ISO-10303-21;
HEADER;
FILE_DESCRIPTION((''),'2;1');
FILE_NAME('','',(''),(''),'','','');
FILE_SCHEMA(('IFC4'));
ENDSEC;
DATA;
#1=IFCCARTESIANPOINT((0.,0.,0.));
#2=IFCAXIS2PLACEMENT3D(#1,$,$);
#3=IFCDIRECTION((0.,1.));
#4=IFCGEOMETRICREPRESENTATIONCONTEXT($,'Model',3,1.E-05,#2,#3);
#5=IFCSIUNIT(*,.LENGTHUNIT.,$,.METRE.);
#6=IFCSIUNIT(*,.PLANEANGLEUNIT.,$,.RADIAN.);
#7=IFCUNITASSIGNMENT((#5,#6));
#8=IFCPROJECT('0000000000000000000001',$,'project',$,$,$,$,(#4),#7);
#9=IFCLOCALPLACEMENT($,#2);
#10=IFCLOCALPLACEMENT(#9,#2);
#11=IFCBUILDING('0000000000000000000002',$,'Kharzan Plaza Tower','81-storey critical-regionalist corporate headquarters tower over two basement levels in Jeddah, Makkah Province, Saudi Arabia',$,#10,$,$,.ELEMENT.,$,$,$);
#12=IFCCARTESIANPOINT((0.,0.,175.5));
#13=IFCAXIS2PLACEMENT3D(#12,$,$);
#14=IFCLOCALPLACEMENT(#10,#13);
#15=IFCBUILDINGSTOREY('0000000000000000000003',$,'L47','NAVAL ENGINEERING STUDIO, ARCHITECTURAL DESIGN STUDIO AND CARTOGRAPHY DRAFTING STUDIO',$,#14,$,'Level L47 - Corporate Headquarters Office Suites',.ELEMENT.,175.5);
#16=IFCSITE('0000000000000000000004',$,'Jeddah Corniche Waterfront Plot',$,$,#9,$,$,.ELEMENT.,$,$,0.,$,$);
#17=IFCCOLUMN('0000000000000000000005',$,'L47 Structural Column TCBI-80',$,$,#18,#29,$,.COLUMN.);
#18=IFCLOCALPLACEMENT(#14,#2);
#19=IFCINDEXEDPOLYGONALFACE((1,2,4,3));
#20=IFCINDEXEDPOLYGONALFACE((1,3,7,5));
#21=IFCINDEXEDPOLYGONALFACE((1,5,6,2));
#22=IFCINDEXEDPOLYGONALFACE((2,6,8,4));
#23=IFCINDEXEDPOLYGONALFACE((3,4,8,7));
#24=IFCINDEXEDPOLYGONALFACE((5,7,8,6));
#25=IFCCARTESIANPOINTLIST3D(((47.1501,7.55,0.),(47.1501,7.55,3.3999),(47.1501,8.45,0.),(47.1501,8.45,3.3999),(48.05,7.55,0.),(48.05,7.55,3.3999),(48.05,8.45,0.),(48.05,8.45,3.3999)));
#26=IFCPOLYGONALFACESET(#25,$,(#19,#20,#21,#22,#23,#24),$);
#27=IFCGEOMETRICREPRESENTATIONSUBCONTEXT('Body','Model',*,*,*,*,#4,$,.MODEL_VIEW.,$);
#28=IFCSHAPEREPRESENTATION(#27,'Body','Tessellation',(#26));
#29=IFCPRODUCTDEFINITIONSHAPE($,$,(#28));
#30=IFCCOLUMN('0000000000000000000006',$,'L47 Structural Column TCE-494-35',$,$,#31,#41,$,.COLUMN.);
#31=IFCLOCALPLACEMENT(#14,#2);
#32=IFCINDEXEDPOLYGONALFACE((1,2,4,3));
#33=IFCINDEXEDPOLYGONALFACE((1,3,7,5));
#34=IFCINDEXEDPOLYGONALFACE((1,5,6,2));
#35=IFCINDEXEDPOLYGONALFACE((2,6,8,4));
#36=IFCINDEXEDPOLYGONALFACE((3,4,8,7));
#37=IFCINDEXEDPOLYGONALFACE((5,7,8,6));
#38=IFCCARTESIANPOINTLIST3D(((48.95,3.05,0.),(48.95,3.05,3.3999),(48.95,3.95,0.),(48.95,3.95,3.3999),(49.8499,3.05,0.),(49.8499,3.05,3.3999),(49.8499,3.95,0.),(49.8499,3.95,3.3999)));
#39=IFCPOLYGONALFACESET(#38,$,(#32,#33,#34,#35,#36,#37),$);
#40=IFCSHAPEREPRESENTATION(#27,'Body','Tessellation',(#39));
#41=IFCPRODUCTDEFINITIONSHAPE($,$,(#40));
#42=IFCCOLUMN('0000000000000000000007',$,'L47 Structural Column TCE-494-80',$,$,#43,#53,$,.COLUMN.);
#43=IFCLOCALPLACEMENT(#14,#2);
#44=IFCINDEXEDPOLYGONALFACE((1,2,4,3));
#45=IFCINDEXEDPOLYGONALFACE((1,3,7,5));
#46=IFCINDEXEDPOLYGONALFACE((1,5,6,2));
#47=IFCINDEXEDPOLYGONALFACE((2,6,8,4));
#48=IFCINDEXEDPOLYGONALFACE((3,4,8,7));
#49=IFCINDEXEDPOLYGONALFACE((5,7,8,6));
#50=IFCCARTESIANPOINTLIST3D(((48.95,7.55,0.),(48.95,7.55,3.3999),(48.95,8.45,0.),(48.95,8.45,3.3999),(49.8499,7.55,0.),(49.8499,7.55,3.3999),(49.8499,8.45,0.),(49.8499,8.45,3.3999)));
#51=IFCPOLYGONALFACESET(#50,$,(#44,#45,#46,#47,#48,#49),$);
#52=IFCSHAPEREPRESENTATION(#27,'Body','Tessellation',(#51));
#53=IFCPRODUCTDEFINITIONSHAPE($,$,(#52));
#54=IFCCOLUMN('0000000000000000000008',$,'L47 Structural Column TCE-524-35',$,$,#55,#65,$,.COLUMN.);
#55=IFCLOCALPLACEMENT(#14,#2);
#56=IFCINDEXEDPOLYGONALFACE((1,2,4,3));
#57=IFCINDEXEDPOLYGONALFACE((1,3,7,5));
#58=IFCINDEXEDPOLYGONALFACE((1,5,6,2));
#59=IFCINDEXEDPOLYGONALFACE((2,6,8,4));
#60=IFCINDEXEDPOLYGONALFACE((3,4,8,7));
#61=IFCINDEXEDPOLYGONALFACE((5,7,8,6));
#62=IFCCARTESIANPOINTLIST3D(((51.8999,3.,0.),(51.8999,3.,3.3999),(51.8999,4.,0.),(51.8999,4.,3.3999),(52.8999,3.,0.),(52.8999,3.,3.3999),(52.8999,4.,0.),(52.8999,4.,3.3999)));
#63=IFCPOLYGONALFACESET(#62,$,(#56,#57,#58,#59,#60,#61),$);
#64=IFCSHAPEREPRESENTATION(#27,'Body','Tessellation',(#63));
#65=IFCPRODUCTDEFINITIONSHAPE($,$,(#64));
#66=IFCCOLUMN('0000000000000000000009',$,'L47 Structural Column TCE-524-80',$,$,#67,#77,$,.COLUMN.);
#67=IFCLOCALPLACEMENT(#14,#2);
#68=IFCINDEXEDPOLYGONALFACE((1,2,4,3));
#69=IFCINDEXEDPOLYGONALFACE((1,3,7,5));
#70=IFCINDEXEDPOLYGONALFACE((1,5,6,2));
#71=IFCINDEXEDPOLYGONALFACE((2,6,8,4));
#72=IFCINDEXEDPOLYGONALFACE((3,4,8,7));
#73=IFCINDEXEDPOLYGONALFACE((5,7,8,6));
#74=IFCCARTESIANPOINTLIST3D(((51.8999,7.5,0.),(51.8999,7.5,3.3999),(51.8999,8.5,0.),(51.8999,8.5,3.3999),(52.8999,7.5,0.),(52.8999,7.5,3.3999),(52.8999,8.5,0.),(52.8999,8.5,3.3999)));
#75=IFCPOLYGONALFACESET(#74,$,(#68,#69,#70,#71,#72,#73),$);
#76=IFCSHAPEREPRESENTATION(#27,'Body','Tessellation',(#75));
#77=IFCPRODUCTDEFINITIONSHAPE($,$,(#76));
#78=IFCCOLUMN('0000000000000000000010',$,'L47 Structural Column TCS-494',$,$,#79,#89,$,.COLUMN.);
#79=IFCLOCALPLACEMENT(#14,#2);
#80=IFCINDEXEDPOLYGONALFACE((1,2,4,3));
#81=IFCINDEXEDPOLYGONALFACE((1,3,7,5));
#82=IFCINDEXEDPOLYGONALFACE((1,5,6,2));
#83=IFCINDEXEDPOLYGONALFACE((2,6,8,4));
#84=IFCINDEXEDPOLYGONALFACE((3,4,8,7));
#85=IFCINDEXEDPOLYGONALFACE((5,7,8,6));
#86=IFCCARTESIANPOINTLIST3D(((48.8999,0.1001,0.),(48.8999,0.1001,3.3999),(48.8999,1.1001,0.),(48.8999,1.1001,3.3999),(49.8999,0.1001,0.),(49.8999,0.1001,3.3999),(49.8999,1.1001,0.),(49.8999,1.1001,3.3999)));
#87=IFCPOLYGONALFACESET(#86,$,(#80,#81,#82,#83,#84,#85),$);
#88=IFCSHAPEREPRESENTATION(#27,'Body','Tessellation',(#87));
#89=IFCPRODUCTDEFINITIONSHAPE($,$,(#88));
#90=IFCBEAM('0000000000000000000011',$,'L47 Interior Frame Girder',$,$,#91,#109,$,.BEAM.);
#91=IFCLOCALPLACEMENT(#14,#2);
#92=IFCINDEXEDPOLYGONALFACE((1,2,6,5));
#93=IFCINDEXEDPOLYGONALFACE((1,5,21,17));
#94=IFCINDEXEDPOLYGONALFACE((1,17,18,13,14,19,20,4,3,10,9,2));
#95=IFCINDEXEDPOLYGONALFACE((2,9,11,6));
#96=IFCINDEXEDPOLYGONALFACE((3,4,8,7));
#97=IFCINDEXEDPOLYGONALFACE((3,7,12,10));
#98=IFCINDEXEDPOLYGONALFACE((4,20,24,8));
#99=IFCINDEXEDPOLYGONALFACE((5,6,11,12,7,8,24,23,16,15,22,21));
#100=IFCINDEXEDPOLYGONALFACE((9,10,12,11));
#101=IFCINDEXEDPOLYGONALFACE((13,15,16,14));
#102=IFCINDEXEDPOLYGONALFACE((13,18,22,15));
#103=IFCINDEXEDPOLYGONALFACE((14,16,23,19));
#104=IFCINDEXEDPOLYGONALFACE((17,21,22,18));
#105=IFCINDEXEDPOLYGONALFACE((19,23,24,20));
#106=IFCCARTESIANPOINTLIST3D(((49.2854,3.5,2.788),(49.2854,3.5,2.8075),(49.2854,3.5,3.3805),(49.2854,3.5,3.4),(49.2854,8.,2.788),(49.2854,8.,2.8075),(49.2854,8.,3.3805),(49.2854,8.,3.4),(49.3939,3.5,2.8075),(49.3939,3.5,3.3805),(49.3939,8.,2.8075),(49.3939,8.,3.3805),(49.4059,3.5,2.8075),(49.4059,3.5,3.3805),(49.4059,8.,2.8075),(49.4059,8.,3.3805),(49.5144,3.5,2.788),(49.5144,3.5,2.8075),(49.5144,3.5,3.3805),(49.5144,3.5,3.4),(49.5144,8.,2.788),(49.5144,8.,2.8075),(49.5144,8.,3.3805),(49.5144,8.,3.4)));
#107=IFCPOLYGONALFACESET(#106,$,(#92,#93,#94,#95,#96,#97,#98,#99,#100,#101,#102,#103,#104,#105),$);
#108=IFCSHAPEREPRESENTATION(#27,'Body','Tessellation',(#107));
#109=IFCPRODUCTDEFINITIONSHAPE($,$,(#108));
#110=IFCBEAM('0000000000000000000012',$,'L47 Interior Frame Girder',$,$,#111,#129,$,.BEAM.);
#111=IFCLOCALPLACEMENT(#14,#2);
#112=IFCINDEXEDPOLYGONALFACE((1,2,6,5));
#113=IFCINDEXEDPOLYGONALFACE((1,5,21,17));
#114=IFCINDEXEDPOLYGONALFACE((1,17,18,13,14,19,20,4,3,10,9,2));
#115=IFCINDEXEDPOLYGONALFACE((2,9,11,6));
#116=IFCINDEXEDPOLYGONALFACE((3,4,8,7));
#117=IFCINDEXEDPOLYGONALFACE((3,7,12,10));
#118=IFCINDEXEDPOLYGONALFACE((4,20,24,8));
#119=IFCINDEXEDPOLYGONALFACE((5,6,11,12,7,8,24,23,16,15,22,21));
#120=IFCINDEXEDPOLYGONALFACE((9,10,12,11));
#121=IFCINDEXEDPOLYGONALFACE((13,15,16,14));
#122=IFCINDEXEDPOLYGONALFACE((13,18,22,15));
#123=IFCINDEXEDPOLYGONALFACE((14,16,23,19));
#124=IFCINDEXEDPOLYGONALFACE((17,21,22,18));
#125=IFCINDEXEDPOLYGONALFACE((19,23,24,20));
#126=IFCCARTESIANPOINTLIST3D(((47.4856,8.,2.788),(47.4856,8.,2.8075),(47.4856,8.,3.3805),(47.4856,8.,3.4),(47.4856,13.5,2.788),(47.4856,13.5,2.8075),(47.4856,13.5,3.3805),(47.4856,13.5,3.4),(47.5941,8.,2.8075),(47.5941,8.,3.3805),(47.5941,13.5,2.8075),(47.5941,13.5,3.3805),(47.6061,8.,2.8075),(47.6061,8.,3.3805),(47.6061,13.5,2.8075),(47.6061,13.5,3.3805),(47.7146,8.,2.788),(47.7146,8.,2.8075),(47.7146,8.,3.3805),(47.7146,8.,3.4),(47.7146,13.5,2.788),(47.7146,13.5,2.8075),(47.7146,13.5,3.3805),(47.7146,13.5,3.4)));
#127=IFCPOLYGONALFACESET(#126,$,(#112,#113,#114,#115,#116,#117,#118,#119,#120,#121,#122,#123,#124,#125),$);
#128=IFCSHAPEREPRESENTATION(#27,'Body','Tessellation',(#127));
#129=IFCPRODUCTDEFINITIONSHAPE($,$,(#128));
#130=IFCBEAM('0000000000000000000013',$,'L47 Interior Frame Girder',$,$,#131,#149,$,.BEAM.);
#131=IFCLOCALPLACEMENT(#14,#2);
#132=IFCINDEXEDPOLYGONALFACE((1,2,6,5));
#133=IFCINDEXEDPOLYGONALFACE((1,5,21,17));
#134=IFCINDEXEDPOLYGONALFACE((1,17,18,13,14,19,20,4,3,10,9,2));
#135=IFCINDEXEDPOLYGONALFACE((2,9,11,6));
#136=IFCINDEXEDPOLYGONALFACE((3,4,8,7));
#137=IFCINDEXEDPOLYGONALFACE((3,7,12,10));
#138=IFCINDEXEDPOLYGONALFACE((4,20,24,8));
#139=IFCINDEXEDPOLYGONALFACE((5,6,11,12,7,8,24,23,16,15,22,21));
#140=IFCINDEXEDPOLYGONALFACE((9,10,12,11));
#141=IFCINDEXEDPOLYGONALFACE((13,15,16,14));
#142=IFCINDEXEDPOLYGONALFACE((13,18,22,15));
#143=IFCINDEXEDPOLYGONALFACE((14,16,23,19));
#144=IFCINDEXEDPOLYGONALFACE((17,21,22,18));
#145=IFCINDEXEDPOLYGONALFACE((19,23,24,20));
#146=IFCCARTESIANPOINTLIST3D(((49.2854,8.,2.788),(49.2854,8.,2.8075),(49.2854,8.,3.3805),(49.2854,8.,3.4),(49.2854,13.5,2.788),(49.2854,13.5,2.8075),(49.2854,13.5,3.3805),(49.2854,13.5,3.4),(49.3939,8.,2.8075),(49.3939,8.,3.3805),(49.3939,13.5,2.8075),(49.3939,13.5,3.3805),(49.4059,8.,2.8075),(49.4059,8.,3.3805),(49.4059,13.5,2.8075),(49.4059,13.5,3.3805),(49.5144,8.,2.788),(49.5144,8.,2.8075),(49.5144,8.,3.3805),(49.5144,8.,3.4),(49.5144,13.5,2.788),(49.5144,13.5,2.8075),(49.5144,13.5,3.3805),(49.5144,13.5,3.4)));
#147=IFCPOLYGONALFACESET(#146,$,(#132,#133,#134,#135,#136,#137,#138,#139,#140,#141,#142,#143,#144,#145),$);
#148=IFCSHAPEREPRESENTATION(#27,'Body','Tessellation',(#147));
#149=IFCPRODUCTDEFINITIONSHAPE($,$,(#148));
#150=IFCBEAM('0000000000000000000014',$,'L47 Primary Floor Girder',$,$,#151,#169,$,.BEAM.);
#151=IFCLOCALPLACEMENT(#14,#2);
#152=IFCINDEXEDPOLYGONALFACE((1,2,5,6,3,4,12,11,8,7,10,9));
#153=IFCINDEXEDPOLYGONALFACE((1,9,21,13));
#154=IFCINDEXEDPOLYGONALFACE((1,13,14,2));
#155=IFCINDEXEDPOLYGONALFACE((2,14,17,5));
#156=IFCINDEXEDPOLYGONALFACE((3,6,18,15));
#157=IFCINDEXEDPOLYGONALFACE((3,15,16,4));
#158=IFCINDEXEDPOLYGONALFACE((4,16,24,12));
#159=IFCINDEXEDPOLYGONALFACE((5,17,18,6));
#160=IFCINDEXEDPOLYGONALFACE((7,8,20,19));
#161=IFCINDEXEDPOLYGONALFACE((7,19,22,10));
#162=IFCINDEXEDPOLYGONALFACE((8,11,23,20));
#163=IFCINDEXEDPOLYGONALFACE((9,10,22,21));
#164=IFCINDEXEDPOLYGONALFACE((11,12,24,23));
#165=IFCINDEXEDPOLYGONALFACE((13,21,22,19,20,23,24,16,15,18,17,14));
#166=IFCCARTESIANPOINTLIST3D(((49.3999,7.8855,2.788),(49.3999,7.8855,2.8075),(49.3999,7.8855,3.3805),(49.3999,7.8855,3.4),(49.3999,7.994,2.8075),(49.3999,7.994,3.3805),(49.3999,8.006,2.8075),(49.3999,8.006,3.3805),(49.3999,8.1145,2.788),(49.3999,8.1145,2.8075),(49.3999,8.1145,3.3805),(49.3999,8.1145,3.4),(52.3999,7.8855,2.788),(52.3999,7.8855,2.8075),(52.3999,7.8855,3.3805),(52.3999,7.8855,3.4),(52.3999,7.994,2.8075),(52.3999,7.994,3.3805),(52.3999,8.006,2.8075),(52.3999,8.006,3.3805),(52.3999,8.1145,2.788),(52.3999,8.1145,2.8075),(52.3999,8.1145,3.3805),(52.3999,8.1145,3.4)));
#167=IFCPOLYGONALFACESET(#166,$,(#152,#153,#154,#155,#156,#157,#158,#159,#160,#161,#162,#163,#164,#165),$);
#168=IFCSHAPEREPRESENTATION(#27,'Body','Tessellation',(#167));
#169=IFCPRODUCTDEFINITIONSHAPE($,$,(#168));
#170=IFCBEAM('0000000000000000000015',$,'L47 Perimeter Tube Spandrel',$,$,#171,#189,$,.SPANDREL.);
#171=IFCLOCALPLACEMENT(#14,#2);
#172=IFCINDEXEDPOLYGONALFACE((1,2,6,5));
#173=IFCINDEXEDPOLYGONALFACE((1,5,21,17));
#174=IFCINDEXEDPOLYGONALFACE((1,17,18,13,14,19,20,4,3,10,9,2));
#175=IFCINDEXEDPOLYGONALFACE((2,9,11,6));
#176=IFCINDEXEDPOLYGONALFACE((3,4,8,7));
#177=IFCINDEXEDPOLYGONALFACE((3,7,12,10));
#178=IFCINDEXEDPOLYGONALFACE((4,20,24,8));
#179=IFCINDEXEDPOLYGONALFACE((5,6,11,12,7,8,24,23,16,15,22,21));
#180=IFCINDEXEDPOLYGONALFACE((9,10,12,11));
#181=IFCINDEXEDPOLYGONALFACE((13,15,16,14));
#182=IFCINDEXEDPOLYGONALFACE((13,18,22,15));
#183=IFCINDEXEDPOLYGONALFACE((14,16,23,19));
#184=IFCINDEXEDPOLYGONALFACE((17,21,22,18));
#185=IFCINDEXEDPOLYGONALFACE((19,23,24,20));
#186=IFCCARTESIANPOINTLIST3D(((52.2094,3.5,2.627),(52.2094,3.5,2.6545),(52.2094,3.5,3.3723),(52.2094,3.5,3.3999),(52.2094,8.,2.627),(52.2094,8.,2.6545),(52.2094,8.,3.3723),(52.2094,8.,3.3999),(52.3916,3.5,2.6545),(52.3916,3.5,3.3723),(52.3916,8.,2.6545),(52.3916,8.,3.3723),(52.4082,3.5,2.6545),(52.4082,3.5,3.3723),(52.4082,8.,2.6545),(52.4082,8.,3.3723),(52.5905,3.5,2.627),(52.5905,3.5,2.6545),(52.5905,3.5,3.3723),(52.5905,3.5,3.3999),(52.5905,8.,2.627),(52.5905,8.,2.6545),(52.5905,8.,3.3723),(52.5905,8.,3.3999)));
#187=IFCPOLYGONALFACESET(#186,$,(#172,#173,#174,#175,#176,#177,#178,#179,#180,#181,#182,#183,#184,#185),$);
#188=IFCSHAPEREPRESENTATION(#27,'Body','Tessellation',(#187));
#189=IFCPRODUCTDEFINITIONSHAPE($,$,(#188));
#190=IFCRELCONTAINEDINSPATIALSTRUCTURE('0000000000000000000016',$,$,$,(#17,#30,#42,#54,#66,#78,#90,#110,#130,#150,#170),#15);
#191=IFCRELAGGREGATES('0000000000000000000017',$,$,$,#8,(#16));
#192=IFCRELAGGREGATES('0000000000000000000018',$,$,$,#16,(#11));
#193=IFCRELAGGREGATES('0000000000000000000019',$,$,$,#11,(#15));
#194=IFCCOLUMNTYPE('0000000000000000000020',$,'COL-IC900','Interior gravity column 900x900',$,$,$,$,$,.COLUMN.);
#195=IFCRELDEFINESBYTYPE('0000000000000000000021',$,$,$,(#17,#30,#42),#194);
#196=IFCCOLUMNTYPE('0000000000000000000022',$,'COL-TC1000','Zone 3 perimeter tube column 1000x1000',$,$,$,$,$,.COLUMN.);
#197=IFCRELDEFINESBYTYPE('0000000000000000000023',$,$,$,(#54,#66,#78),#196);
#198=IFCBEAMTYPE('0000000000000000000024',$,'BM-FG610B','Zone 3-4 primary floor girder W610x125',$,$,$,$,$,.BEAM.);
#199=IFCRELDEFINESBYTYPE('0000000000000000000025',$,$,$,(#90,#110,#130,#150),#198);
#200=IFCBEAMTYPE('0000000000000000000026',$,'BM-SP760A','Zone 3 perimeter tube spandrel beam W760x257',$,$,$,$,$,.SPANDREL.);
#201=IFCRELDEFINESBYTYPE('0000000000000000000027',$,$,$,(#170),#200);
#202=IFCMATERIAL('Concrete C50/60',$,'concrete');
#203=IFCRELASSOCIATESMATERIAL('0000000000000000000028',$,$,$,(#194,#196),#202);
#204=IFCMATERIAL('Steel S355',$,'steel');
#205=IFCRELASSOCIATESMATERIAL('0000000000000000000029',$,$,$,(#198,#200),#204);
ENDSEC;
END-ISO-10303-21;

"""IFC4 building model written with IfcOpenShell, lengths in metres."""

from ifc_helpers import new_model, si_unit, direction, frame, origin, origin_2d, place, context, subcontext, project, spatial, rectangle, i_section, extrude, source, transform, mapped, material, material_profile, profile_set, type_object, element, save


model = new_model("IFC4")

# Units and contexts
model_context = context("Model", 3, precision=1e-05, world=origin(), true_north=direction((0.0, 1.0)))
body_context = subcontext(model_context, "Body", "Model", "MODEL_VIEW")
ifc_project = project(units=[si_unit("LENGTHUNIT", "METRE"), si_unit("PLANEANGLEUNIT", "RADIAN")], contexts=[model_context])

# Site, building, storey
site_placement = place(None, origin())
site = spatial("IfcSite", under=ifc_project, at=site_placement, Name="Jeddah Corniche Waterfront Plot", CompositionType="ELEMENT", RefElevation=0.0)
building_placement = place(site_placement, origin())
building = spatial("IfcBuilding", under=site, at=building_placement, Name="Kharzan Plaza Tower", Description="81-storey critical-regionalist corporate headquarters tower over two basement levels in Jeddah, Makkah Province, Saudi Arabia", CompositionType="ELEMENT")
storey_placement = place(building_placement, frame((0.0, 0.0, 175.5)))
storey = spatial("IfcBuildingStorey", under=building, at=storey_placement, Name="L47", Description="NAVAL ENGINEERING STUDIO, ARCHITECTURAL DESIGN STUDIO AND CARTOGRAPHY DRAFTING STUDIO", LongName="Level L47 - Corporate Headquarters Office Suites", CompositionType="ELEMENT", Elevation=175.5)

# Columns
ifc_material_1 = material(Name="Concrete C50/60", Category="concrete")
ifc_material_profile_1 = material_profile(ifc_material_1, rectangle(XDim=0.8999, YDim=0.8999, at=origin_2d()), Name="RC-IC900x900")
ifc_profile_set_1 = profile_set([ifc_material_profile_1], Name="Concrete C50/60")
column_type_1 = type_object("IfcColumnType", Name="COL-IC900", Description="Interior gravity column 900x900", PredefinedType="COLUMN", material=ifc_profile_set_1)
shared_shape_1 = source(origin(), body_context, "Body", "SweptSolid", [
    extrude(rectangle(XDim=0.8999, YDim=0.8999, at=origin_2d()), origin(), (0.0, 0.0, 1.0), 3.3999),
])
for number, where, z_axis, x_axis, name in (
    (1, (47.6001, 8.0, 0.0), (0.0, 0.0, 1.0), (1.0, 0.0, 0.0), "L47 Structural Column TCBI-80"),
    (2, (49.3999, 3.5, 0.0), (0.0, 0.0, 1.0), (1.0, 0.0, 0.0), "L47 Structural Column TCE-494-35"),
    (3, (49.3999, 8.0, 0.0), (0.0, 0.0, 1.0), (1.0, 0.0, 0.0), "L47 Structural Column TCE-494-80"),
):
    element("IfcColumn", number, at=place(storey_placement, frame(where, z_axis=z_axis, x_axis=x_axis)), inside=storey, type_object=column_type_1, Name=name, PredefinedType="COLUMN", context=body_context, shape_type="MappedRepresentation", body=[
        mapped(shared_shape_1, transform((0.0, 0.0, 0.0), x_axis=(1.0, 0.0, 0.0), y_axis=(0.0, 1.0, 0.0), z_axis=(0.0, 0.0, 1.0))),
    ])
ifc_material_profile_2 = material_profile(ifc_material_1, rectangle(XDim=1.0, YDim=1.0, at=origin_2d()), Name="RC-TC1000x1000")
ifc_profile_set_2 = profile_set([ifc_material_profile_2], Name="Concrete C50/60")
column_type_2 = type_object("IfcColumnType", Name="COL-TC1000", Description="Zone 3 perimeter tube column 1000x1000", PredefinedType="COLUMN", material=ifc_profile_set_2)
shared_shape_2 = source(origin(), body_context, "Body", "SweptSolid", [
    extrude(rectangle(XDim=1.0, YDim=1.0, at=origin_2d()), origin(), (0.0, 0.0, 1.0), 3.3999),
])
for number, where, z_axis, x_axis, name in (
    (4, (52.3999, 3.5, 0.0), (0.0, 0.0, 1.0), (1.0, 0.0, 0.0), "L47 Structural Column TCE-524-35"),
    (5, (52.3999, 8.0, 0.0), (0.0, 0.0, 1.0), (1.0, 0.0, 0.0), "L47 Structural Column TCE-524-80"),
    (6, (49.3999, 0.6001, 0.0), (0.0, 0.0, 1.0), (1.0, 0.0, 0.0), "L47 Structural Column TCS-494"),
):
    element("IfcColumn", number, at=place(storey_placement, frame(where, z_axis=z_axis, x_axis=x_axis)), inside=storey, type_object=column_type_2, Name=name, PredefinedType="COLUMN", context=body_context, shape_type="MappedRepresentation", body=[
        mapped(shared_shape_2, transform((0.0, 0.0, 0.0), x_axis=(1.0, 0.0, 0.0), y_axis=(0.0, 1.0, 0.0), z_axis=(0.0, 0.0, 1.0))),
    ])

# Beams
ifc_material_2 = material(Name="Steel S355", Category="steel")
ifc_material_profile_3 = material_profile(ifc_material_2, i_section(OverallWidth=0.229, OverallDepth=0.6121, WebThickness=0.012, FlangeThickness=0.0195, at=origin_2d()), Name="W610x125")
ifc_profile_set_3 = profile_set([ifc_material_profile_3], Name="Steel S355")
beam_type_1 = type_object("IfcBeamType", Name="BM-FG610B", Description="Zone 3-4 primary floor girder W610x125", PredefinedType="BEAM", material=ifc_profile_set_3)
shared_shape_3 = source(origin(), body_context, "Body", "SweptSolid", [
    extrude(i_section(OverallWidth=0.229, OverallDepth=0.6121, WebThickness=0.012, FlangeThickness=0.0195, at=origin_2d()), origin(), (0.0, 0.0, 1.0), 4.5),
])
beam_1_placement = place(storey_placement, frame((49.3999, 3.5, 3.094), z_axis=(0.0, 1.0, 0.0), x_axis=(-1.0, 0.0, 0.0)))
element("IfcBeam", 7, at=beam_1_placement, inside=storey, type_object=beam_type_1, Name="L47 Interior Frame Girder", PredefinedType="BEAM", context=body_context, shape_type="MappedRepresentation", body=[
    mapped(shared_shape_3, transform((0.0, 0.0, 0.0), x_axis=(1.0, 0.0, 0.0), y_axis=(0.0, 1.0, 0.0), z_axis=(0.0, 0.0, 1.0))),
])
shared_shape_4 = source(origin(), body_context, "Body", "SweptSolid", [
    extrude(i_section(OverallWidth=0.229, OverallDepth=0.6121, WebThickness=0.012, FlangeThickness=0.0195, at=origin_2d()), origin(), (0.0, 0.0, 1.0), 5.5),
])
for number, where, z_axis, x_axis, name in (
    (8, (47.6001, 8.0, 3.094), (0.0, 1.0, 0.0), (-1.0, 0.0, 0.0), "L47 Interior Frame Girder"),
    (9, (49.3999, 8.0, 3.094), (0.0, 1.0, 0.0), (-1.0, 0.0, 0.0), "L47 Interior Frame Girder"),
):
    element("IfcBeam", number, at=place(storey_placement, frame(where, z_axis=z_axis, x_axis=x_axis)), inside=storey, type_object=beam_type_1, Name=name, PredefinedType="BEAM", context=body_context, shape_type="MappedRepresentation", body=[
        mapped(shared_shape_4, transform((0.0, 0.0, 0.0), x_axis=(1.0, 0.0, 0.0), y_axis=(0.0, 1.0, 0.0), z_axis=(0.0, 0.0, 1.0))),
    ])
shared_shape_5 = source(origin(), body_context, "Body", "SweptSolid", [
    extrude(i_section(OverallWidth=0.229, OverallDepth=0.6121, WebThickness=0.012, FlangeThickness=0.0195, at=origin_2d()), origin(), (0.0, 0.0, 1.0), 3.0),
])
beam_2_placement = place(storey_placement, frame((49.3999, 8.0, 3.094), z_axis=(1.0, 0.0, 0.0), x_axis=(0.0, 1.0, 0.0)))
element("IfcBeam", 10, at=beam_2_placement, inside=storey, type_object=beam_type_1, Name="L47 Primary Floor Girder", PredefinedType="BEAM", context=body_context, shape_type="MappedRepresentation", body=[
    mapped(shared_shape_5, transform((0.0, 0.0, 0.0), x_axis=(1.0, 0.0, 0.0), y_axis=(0.0, 1.0, 0.0), z_axis=(0.0, 0.0, 1.0))),
])
ifc_material_profile_4 = material_profile(ifc_material_2, i_section(OverallWidth=0.3811, OverallDepth=0.7729, WebThickness=0.0166, FlangeThickness=0.0276, at=origin_2d()), Name="W760x257")
ifc_profile_set_4 = profile_set([ifc_material_profile_4], Name="Steel S355")
beam_type_2 = type_object("IfcBeamType", Name="BM-SP760A", Description="Zone 3 perimeter tube spandrel beam W760x257", PredefinedType="SPANDREL", material=ifc_profile_set_4)
shared_shape_6 = source(origin(), body_context, "Body", "SweptSolid", [
    extrude(i_section(OverallWidth=0.3811, OverallDepth=0.7729, WebThickness=0.0166, FlangeThickness=0.0276, at=origin_2d()), origin(), (0.0, 0.0, 1.0), 4.5),
])
beam_3_placement = place(storey_placement, frame((52.3999, 3.5, 3.0134), z_axis=(0.0, 1.0, 0.0), x_axis=(-1.0, 0.0, 0.0)))
element("IfcBeam", 11, at=beam_3_placement, inside=storey, type_object=beam_type_2, Name="L47 Perimeter Tube Spandrel", PredefinedType="SPANDREL", context=body_context, shape_type="MappedRepresentation", body=[
    mapped(shared_shape_6, transform((0.0, 0.0, 0.0), x_axis=(1.0, 0.0, 0.0), y_axis=(0.0, 1.0, 0.0), z_axis=(0.0, 0.0, 1.0))),
])

save(model, "model.ifc")
